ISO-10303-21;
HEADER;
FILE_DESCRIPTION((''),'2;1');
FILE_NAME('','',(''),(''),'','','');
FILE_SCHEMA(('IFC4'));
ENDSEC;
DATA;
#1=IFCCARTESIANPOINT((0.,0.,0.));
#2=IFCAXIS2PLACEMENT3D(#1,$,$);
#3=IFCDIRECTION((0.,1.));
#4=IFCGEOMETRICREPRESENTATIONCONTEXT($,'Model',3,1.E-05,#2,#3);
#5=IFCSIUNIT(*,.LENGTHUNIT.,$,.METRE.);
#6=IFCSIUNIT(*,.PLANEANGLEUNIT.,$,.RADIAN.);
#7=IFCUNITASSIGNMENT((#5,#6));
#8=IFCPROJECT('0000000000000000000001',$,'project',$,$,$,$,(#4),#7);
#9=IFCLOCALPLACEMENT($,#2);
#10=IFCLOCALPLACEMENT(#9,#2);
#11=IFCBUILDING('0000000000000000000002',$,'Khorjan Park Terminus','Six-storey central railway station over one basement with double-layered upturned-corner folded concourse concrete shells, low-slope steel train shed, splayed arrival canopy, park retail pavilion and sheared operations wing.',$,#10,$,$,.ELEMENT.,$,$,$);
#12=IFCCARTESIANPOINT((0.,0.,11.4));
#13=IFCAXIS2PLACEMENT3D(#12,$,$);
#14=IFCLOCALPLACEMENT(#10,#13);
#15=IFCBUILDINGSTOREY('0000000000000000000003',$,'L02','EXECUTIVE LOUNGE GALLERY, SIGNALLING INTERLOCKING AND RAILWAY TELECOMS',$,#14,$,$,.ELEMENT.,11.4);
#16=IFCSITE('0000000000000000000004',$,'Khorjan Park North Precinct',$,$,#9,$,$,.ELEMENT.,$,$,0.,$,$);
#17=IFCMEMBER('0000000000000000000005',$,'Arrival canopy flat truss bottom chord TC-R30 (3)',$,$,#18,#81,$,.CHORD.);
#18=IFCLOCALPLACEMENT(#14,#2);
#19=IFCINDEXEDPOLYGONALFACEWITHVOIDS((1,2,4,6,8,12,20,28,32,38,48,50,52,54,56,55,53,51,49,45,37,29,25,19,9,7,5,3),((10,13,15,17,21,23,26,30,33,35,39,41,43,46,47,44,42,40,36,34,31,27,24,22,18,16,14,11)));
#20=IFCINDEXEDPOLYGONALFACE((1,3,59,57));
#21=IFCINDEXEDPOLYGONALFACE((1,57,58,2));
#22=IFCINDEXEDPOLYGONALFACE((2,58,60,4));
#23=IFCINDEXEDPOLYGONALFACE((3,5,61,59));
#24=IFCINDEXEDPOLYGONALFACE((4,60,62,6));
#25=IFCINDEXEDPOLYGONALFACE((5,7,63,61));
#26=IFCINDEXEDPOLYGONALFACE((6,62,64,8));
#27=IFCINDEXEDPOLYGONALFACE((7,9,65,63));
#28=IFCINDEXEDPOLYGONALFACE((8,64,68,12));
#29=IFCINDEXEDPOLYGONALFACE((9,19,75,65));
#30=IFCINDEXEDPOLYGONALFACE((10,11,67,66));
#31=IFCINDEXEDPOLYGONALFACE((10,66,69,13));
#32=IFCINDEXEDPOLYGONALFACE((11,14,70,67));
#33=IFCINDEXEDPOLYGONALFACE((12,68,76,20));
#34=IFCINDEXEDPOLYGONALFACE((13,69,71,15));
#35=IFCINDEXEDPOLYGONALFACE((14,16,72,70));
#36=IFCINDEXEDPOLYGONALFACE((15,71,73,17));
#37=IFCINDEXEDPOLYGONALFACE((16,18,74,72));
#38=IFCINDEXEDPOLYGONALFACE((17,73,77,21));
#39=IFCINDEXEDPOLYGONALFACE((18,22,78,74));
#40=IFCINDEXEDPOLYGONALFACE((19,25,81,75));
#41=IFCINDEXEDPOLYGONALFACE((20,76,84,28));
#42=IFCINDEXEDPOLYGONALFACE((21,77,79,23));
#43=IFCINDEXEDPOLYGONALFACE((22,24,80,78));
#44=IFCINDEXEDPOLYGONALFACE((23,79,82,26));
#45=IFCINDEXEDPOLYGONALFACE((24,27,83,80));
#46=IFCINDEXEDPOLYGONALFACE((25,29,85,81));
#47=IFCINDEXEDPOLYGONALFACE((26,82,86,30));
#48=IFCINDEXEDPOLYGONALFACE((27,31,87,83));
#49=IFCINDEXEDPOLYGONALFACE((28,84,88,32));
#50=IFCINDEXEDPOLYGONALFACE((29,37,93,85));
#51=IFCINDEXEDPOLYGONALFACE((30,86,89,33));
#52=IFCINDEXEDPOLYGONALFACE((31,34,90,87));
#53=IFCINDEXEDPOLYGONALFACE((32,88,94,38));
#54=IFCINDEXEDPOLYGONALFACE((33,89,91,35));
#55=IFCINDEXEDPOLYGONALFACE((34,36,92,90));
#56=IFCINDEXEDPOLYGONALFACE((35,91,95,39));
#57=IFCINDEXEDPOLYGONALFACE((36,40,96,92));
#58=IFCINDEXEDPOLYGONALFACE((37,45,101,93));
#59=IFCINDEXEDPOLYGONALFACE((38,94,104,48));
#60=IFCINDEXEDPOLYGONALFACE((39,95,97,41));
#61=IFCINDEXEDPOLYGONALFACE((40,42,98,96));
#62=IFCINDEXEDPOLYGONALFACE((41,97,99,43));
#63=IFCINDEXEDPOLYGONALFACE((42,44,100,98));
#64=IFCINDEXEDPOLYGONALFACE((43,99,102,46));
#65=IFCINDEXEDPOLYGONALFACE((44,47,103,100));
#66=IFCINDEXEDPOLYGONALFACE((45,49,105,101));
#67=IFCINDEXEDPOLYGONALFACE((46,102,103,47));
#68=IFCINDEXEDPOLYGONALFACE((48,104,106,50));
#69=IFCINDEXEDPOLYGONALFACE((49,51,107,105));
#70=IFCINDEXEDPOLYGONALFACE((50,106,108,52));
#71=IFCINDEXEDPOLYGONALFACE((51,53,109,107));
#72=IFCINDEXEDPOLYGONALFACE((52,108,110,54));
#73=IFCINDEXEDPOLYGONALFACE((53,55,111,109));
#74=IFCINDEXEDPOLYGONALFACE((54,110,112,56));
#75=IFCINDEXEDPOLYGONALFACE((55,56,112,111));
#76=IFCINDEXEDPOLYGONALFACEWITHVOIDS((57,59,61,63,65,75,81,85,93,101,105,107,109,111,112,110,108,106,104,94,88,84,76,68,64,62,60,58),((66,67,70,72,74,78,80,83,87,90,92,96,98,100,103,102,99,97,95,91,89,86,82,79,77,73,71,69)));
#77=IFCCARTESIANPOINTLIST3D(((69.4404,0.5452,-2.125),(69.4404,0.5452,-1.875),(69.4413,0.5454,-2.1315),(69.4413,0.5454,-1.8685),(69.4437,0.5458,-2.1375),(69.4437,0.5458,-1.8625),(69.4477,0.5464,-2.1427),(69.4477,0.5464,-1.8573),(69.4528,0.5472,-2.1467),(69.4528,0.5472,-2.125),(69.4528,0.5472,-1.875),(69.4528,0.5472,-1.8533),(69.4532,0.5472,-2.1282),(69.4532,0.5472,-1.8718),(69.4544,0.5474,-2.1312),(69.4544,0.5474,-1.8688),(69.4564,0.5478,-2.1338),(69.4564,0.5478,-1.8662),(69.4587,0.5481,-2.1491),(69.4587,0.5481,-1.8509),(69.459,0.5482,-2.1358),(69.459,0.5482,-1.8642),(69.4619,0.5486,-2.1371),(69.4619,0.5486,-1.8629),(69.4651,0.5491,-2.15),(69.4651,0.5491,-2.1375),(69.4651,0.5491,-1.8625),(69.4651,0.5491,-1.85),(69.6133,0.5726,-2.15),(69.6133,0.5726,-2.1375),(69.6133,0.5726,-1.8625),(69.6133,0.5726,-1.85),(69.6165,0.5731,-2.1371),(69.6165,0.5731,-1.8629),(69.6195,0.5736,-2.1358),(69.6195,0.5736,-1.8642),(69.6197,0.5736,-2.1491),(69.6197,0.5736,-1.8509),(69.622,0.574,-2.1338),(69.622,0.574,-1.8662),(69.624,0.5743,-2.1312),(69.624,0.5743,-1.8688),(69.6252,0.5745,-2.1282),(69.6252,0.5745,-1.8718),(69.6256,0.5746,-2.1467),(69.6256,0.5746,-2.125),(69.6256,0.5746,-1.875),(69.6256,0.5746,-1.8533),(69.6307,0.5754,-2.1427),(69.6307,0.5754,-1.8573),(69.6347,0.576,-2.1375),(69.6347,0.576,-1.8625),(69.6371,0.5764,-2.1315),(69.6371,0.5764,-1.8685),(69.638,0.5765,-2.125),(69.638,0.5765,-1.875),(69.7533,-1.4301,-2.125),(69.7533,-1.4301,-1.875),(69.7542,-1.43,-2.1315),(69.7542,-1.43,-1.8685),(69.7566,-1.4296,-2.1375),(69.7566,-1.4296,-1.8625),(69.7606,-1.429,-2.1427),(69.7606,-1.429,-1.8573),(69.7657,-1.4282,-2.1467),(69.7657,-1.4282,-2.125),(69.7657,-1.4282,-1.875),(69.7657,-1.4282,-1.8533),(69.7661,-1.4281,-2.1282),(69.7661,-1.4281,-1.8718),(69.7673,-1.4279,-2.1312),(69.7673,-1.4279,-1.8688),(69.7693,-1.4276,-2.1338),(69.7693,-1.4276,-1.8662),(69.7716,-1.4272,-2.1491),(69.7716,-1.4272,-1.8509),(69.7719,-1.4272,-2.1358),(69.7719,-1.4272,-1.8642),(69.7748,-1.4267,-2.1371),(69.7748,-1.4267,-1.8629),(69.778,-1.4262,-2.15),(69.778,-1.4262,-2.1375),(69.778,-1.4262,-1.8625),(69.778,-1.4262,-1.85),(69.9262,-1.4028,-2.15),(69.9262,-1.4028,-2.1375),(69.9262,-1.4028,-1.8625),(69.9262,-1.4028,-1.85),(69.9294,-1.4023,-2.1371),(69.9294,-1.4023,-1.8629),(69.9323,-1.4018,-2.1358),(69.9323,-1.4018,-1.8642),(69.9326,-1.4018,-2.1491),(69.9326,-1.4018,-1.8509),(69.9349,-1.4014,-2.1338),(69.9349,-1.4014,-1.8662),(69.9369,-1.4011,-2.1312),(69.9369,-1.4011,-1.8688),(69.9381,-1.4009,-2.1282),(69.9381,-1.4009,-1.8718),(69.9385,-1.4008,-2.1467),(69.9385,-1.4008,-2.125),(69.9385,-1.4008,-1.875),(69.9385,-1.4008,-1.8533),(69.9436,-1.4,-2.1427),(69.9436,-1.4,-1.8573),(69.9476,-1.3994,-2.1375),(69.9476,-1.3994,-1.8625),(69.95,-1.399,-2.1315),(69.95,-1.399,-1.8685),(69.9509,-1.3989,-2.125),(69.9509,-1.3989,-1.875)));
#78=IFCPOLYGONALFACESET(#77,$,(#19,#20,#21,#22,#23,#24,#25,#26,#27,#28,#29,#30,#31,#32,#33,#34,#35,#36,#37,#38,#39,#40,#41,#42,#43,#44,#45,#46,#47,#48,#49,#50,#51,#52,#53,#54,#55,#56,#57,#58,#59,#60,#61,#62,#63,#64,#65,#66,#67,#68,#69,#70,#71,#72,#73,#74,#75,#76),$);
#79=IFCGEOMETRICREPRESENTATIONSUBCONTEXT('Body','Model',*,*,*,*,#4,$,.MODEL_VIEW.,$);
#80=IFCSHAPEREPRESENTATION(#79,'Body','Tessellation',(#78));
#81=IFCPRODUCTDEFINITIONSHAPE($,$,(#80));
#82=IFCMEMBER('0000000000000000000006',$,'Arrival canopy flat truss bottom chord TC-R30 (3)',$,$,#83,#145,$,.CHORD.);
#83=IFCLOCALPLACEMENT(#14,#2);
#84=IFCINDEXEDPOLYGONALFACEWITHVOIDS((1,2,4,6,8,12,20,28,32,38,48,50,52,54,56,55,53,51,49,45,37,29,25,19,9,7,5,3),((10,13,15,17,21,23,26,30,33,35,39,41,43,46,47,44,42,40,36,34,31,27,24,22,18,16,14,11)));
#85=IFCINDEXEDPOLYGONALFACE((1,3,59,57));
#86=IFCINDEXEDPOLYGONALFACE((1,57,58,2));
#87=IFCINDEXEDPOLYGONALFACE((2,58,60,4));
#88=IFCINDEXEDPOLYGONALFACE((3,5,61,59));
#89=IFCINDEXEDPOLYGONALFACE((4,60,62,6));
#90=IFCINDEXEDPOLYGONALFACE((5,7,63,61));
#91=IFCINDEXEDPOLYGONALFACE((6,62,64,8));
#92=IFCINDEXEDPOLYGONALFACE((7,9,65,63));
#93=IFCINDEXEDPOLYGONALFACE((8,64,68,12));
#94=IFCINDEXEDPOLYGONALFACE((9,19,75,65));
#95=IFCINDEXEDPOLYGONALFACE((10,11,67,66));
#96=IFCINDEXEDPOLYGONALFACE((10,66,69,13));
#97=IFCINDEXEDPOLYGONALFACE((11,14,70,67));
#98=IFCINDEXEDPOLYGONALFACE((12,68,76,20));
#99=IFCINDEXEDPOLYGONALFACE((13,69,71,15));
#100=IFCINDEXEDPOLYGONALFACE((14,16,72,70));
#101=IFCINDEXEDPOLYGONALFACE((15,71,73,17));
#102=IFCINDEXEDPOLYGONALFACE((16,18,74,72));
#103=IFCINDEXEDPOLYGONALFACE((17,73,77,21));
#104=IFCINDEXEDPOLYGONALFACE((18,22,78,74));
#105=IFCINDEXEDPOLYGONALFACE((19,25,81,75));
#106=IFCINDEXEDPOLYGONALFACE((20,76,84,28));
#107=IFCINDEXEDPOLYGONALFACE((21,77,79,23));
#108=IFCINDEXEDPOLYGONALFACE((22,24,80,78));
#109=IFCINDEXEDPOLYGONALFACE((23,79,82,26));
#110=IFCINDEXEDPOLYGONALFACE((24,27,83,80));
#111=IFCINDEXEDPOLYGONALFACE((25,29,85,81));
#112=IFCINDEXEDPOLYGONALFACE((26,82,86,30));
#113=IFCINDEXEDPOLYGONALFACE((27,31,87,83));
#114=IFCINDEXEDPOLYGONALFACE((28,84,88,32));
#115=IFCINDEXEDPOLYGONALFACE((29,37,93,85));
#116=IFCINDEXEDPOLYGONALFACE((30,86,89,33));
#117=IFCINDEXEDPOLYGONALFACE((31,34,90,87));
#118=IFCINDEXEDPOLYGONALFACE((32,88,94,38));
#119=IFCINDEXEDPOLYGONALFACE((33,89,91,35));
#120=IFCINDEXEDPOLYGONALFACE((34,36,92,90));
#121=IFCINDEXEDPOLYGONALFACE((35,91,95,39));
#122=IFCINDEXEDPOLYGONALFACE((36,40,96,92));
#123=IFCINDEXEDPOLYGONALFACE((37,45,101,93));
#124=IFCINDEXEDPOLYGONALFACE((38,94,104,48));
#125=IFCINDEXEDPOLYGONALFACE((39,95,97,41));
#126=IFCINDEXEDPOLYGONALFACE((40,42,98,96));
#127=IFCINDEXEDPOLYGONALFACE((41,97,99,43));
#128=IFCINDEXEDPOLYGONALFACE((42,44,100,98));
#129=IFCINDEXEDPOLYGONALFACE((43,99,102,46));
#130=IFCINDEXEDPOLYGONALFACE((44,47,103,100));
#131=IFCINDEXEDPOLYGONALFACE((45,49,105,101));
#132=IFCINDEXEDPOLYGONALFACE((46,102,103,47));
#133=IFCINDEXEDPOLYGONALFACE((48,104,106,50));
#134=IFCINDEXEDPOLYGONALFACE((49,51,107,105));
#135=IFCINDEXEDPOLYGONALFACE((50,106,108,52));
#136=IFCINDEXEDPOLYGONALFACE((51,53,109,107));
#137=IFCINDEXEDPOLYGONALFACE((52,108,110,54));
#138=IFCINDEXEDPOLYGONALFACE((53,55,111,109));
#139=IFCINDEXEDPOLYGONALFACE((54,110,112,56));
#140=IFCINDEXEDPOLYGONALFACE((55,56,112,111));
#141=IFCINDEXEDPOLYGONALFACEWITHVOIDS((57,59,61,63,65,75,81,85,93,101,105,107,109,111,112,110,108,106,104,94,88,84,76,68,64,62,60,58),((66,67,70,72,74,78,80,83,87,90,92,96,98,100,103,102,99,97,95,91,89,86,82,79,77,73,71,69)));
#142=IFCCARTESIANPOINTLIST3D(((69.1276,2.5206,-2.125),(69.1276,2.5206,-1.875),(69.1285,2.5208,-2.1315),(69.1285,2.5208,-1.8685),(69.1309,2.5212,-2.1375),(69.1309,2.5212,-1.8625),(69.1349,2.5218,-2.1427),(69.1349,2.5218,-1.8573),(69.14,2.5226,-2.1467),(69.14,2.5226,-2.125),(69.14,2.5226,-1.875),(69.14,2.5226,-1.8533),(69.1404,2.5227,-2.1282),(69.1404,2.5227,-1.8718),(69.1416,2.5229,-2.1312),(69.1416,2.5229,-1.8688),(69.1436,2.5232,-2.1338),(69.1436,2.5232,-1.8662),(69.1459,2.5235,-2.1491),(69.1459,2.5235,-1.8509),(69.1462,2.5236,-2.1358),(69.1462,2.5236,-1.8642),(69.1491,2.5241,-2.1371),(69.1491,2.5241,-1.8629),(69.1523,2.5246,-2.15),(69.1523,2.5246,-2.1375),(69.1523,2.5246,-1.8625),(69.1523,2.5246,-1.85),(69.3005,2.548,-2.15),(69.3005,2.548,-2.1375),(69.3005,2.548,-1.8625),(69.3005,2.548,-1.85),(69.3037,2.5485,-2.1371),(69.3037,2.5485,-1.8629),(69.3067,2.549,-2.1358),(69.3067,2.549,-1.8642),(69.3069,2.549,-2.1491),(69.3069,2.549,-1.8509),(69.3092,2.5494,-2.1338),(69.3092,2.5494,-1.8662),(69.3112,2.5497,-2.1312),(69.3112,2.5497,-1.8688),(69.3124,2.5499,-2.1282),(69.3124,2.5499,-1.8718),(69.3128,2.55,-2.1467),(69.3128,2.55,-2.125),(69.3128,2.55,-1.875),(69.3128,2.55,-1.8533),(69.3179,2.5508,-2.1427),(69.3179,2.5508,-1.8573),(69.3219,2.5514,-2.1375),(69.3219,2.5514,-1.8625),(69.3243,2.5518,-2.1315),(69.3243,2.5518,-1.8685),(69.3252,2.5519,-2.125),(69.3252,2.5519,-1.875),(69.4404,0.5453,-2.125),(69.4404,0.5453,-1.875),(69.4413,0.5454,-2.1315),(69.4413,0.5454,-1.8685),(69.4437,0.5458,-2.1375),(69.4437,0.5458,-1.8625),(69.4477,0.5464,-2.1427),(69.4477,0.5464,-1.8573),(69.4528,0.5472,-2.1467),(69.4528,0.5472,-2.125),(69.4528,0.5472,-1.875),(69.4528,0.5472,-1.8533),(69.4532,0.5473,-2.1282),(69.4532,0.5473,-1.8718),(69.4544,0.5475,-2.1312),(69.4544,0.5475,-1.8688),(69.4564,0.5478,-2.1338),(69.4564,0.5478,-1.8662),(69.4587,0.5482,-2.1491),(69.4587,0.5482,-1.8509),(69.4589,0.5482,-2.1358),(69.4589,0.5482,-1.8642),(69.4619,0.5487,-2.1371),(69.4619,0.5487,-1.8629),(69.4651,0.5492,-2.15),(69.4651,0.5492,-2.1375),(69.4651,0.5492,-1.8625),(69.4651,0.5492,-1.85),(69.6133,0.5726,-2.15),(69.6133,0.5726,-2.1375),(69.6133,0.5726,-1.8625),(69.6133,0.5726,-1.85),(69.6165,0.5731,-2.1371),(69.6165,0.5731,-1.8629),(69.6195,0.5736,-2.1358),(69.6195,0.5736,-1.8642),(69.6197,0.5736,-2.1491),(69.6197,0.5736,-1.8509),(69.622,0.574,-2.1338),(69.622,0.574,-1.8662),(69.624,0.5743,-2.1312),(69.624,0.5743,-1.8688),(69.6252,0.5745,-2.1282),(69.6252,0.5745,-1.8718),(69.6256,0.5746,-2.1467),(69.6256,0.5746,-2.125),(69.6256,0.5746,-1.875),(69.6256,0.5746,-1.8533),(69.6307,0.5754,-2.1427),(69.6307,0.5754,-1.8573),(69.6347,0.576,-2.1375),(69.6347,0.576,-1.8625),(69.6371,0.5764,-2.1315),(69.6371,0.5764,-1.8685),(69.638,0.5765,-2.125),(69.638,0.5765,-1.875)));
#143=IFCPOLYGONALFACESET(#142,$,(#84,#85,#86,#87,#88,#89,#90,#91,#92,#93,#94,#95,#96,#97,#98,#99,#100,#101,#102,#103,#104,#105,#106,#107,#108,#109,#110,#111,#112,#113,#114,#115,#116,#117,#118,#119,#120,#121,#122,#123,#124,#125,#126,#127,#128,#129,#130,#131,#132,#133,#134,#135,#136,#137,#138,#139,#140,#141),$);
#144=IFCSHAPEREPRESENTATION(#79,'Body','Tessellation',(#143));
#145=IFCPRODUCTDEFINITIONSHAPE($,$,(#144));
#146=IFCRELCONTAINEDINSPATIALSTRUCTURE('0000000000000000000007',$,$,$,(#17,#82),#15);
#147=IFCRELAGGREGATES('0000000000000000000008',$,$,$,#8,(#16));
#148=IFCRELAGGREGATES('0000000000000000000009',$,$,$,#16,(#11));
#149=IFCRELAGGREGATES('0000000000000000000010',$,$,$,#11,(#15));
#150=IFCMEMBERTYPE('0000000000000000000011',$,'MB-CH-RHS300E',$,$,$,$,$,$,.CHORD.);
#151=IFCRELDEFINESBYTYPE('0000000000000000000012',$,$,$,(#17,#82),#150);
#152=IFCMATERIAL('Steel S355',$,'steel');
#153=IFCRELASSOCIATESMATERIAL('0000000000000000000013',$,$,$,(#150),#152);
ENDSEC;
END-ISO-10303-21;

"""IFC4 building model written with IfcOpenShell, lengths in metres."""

from ifc_helpers import new_model, si_unit, direction, frame, origin, origin_2d, place, context, subcontext, project, spatial, hollow_rectangle, extrude, material, material_profile, profile_set, type_object, element, save


model = new_model("IFC4")

# Units and contexts
model_context = context("Model", 3, precision=1e-05, world=origin(), true_north=direction((0.0, 1.0)))
body_context = subcontext(model_context, "Body", "Model", "MODEL_VIEW")
ifc_project = project(units=[si_unit("LENGTHUNIT", "METRE"), si_unit("PLANEANGLEUNIT", "RADIAN")], contexts=[model_context])

# Site, building, storey
site_placement = place(None, origin())
site = spatial("IfcSite", under=ifc_project, at=site_placement, Name="Khorjan Park North Precinct", CompositionType="ELEMENT", RefElevation=0.0)
building_placement = place(site_placement, origin())
building = spatial("IfcBuilding", under=site, at=building_placement, Name="Khorjan Park Terminus", Description="Six-storey central railway station over one basement with double-layered upturned-corner folded concourse concrete shells, low-slope steel train shed, splayed arrival canopy, park retail pavilion and sheared operations wing.", CompositionType="ELEMENT")
storey_placement = place(building_placement, frame((0.0, 0.0, 11.4)))
storey = spatial("IfcBuildingStorey", under=building, at=storey_placement, Name="L02", Description="EXECUTIVE LOUNGE GALLERY, SIGNALLING INTERLOCKING AND RAILWAY TELECOMS", CompositionType="ELEMENT", Elevation=11.4)

# Members
ifc_material = material(Name="Steel S355", Category="steel")
ifc_material_profile_1 = material_profile(ifc_material, hollow_rectangle(XDim=0.2, YDim=0.3, WallThickness=0.0125, InnerFilletRadius=0.0125, OuterFilletRadius=0.025, at=origin_2d()), Name="RHS 300x200x12.5")
ifc_profile_set_1 = profile_set([ifc_material_profile_1], Name="Steel S355")
member_type_1 = type_object("IfcMemberType", Name="MB-CH-RHS300E", PredefinedType="CHORD", material=ifc_profile_set_1)
for number, where, z_axis, x_axis, name in (
    (1, (69.8521, -1.4145, -2.0), (-0.156448, 0.987686, 0.0), (-0.987686, -0.156448, 0.0), "Arrival canopy flat truss bottom chord TC-R30 (3)"),
    (2, (69.5392, 0.5609, -2.0), (-0.156399, 0.987694, 0.0), (-0.987694, -0.156399, 0.0), "Arrival canopy flat truss bottom chord TC-R30 (3)"),
):
    element("IfcMember", number, at=place(storey_placement, frame(where, z_axis=z_axis, x_axis=x_axis)), inside=storey, type_object=member_type_1, Name=name, PredefinedType="CHORD", context=body_context, shape_type="SweptSolid", body=[
        extrude(hollow_rectangle(XDim=0.2, YDim=0.3, WallThickness=0.0125, InnerFilletRadius=0.0125, OuterFilletRadius=0.025, at=origin_2d()), origin(), (0.0, 0.0, 1.0), 2.0),
    ])

save(model, "model.ifc")
